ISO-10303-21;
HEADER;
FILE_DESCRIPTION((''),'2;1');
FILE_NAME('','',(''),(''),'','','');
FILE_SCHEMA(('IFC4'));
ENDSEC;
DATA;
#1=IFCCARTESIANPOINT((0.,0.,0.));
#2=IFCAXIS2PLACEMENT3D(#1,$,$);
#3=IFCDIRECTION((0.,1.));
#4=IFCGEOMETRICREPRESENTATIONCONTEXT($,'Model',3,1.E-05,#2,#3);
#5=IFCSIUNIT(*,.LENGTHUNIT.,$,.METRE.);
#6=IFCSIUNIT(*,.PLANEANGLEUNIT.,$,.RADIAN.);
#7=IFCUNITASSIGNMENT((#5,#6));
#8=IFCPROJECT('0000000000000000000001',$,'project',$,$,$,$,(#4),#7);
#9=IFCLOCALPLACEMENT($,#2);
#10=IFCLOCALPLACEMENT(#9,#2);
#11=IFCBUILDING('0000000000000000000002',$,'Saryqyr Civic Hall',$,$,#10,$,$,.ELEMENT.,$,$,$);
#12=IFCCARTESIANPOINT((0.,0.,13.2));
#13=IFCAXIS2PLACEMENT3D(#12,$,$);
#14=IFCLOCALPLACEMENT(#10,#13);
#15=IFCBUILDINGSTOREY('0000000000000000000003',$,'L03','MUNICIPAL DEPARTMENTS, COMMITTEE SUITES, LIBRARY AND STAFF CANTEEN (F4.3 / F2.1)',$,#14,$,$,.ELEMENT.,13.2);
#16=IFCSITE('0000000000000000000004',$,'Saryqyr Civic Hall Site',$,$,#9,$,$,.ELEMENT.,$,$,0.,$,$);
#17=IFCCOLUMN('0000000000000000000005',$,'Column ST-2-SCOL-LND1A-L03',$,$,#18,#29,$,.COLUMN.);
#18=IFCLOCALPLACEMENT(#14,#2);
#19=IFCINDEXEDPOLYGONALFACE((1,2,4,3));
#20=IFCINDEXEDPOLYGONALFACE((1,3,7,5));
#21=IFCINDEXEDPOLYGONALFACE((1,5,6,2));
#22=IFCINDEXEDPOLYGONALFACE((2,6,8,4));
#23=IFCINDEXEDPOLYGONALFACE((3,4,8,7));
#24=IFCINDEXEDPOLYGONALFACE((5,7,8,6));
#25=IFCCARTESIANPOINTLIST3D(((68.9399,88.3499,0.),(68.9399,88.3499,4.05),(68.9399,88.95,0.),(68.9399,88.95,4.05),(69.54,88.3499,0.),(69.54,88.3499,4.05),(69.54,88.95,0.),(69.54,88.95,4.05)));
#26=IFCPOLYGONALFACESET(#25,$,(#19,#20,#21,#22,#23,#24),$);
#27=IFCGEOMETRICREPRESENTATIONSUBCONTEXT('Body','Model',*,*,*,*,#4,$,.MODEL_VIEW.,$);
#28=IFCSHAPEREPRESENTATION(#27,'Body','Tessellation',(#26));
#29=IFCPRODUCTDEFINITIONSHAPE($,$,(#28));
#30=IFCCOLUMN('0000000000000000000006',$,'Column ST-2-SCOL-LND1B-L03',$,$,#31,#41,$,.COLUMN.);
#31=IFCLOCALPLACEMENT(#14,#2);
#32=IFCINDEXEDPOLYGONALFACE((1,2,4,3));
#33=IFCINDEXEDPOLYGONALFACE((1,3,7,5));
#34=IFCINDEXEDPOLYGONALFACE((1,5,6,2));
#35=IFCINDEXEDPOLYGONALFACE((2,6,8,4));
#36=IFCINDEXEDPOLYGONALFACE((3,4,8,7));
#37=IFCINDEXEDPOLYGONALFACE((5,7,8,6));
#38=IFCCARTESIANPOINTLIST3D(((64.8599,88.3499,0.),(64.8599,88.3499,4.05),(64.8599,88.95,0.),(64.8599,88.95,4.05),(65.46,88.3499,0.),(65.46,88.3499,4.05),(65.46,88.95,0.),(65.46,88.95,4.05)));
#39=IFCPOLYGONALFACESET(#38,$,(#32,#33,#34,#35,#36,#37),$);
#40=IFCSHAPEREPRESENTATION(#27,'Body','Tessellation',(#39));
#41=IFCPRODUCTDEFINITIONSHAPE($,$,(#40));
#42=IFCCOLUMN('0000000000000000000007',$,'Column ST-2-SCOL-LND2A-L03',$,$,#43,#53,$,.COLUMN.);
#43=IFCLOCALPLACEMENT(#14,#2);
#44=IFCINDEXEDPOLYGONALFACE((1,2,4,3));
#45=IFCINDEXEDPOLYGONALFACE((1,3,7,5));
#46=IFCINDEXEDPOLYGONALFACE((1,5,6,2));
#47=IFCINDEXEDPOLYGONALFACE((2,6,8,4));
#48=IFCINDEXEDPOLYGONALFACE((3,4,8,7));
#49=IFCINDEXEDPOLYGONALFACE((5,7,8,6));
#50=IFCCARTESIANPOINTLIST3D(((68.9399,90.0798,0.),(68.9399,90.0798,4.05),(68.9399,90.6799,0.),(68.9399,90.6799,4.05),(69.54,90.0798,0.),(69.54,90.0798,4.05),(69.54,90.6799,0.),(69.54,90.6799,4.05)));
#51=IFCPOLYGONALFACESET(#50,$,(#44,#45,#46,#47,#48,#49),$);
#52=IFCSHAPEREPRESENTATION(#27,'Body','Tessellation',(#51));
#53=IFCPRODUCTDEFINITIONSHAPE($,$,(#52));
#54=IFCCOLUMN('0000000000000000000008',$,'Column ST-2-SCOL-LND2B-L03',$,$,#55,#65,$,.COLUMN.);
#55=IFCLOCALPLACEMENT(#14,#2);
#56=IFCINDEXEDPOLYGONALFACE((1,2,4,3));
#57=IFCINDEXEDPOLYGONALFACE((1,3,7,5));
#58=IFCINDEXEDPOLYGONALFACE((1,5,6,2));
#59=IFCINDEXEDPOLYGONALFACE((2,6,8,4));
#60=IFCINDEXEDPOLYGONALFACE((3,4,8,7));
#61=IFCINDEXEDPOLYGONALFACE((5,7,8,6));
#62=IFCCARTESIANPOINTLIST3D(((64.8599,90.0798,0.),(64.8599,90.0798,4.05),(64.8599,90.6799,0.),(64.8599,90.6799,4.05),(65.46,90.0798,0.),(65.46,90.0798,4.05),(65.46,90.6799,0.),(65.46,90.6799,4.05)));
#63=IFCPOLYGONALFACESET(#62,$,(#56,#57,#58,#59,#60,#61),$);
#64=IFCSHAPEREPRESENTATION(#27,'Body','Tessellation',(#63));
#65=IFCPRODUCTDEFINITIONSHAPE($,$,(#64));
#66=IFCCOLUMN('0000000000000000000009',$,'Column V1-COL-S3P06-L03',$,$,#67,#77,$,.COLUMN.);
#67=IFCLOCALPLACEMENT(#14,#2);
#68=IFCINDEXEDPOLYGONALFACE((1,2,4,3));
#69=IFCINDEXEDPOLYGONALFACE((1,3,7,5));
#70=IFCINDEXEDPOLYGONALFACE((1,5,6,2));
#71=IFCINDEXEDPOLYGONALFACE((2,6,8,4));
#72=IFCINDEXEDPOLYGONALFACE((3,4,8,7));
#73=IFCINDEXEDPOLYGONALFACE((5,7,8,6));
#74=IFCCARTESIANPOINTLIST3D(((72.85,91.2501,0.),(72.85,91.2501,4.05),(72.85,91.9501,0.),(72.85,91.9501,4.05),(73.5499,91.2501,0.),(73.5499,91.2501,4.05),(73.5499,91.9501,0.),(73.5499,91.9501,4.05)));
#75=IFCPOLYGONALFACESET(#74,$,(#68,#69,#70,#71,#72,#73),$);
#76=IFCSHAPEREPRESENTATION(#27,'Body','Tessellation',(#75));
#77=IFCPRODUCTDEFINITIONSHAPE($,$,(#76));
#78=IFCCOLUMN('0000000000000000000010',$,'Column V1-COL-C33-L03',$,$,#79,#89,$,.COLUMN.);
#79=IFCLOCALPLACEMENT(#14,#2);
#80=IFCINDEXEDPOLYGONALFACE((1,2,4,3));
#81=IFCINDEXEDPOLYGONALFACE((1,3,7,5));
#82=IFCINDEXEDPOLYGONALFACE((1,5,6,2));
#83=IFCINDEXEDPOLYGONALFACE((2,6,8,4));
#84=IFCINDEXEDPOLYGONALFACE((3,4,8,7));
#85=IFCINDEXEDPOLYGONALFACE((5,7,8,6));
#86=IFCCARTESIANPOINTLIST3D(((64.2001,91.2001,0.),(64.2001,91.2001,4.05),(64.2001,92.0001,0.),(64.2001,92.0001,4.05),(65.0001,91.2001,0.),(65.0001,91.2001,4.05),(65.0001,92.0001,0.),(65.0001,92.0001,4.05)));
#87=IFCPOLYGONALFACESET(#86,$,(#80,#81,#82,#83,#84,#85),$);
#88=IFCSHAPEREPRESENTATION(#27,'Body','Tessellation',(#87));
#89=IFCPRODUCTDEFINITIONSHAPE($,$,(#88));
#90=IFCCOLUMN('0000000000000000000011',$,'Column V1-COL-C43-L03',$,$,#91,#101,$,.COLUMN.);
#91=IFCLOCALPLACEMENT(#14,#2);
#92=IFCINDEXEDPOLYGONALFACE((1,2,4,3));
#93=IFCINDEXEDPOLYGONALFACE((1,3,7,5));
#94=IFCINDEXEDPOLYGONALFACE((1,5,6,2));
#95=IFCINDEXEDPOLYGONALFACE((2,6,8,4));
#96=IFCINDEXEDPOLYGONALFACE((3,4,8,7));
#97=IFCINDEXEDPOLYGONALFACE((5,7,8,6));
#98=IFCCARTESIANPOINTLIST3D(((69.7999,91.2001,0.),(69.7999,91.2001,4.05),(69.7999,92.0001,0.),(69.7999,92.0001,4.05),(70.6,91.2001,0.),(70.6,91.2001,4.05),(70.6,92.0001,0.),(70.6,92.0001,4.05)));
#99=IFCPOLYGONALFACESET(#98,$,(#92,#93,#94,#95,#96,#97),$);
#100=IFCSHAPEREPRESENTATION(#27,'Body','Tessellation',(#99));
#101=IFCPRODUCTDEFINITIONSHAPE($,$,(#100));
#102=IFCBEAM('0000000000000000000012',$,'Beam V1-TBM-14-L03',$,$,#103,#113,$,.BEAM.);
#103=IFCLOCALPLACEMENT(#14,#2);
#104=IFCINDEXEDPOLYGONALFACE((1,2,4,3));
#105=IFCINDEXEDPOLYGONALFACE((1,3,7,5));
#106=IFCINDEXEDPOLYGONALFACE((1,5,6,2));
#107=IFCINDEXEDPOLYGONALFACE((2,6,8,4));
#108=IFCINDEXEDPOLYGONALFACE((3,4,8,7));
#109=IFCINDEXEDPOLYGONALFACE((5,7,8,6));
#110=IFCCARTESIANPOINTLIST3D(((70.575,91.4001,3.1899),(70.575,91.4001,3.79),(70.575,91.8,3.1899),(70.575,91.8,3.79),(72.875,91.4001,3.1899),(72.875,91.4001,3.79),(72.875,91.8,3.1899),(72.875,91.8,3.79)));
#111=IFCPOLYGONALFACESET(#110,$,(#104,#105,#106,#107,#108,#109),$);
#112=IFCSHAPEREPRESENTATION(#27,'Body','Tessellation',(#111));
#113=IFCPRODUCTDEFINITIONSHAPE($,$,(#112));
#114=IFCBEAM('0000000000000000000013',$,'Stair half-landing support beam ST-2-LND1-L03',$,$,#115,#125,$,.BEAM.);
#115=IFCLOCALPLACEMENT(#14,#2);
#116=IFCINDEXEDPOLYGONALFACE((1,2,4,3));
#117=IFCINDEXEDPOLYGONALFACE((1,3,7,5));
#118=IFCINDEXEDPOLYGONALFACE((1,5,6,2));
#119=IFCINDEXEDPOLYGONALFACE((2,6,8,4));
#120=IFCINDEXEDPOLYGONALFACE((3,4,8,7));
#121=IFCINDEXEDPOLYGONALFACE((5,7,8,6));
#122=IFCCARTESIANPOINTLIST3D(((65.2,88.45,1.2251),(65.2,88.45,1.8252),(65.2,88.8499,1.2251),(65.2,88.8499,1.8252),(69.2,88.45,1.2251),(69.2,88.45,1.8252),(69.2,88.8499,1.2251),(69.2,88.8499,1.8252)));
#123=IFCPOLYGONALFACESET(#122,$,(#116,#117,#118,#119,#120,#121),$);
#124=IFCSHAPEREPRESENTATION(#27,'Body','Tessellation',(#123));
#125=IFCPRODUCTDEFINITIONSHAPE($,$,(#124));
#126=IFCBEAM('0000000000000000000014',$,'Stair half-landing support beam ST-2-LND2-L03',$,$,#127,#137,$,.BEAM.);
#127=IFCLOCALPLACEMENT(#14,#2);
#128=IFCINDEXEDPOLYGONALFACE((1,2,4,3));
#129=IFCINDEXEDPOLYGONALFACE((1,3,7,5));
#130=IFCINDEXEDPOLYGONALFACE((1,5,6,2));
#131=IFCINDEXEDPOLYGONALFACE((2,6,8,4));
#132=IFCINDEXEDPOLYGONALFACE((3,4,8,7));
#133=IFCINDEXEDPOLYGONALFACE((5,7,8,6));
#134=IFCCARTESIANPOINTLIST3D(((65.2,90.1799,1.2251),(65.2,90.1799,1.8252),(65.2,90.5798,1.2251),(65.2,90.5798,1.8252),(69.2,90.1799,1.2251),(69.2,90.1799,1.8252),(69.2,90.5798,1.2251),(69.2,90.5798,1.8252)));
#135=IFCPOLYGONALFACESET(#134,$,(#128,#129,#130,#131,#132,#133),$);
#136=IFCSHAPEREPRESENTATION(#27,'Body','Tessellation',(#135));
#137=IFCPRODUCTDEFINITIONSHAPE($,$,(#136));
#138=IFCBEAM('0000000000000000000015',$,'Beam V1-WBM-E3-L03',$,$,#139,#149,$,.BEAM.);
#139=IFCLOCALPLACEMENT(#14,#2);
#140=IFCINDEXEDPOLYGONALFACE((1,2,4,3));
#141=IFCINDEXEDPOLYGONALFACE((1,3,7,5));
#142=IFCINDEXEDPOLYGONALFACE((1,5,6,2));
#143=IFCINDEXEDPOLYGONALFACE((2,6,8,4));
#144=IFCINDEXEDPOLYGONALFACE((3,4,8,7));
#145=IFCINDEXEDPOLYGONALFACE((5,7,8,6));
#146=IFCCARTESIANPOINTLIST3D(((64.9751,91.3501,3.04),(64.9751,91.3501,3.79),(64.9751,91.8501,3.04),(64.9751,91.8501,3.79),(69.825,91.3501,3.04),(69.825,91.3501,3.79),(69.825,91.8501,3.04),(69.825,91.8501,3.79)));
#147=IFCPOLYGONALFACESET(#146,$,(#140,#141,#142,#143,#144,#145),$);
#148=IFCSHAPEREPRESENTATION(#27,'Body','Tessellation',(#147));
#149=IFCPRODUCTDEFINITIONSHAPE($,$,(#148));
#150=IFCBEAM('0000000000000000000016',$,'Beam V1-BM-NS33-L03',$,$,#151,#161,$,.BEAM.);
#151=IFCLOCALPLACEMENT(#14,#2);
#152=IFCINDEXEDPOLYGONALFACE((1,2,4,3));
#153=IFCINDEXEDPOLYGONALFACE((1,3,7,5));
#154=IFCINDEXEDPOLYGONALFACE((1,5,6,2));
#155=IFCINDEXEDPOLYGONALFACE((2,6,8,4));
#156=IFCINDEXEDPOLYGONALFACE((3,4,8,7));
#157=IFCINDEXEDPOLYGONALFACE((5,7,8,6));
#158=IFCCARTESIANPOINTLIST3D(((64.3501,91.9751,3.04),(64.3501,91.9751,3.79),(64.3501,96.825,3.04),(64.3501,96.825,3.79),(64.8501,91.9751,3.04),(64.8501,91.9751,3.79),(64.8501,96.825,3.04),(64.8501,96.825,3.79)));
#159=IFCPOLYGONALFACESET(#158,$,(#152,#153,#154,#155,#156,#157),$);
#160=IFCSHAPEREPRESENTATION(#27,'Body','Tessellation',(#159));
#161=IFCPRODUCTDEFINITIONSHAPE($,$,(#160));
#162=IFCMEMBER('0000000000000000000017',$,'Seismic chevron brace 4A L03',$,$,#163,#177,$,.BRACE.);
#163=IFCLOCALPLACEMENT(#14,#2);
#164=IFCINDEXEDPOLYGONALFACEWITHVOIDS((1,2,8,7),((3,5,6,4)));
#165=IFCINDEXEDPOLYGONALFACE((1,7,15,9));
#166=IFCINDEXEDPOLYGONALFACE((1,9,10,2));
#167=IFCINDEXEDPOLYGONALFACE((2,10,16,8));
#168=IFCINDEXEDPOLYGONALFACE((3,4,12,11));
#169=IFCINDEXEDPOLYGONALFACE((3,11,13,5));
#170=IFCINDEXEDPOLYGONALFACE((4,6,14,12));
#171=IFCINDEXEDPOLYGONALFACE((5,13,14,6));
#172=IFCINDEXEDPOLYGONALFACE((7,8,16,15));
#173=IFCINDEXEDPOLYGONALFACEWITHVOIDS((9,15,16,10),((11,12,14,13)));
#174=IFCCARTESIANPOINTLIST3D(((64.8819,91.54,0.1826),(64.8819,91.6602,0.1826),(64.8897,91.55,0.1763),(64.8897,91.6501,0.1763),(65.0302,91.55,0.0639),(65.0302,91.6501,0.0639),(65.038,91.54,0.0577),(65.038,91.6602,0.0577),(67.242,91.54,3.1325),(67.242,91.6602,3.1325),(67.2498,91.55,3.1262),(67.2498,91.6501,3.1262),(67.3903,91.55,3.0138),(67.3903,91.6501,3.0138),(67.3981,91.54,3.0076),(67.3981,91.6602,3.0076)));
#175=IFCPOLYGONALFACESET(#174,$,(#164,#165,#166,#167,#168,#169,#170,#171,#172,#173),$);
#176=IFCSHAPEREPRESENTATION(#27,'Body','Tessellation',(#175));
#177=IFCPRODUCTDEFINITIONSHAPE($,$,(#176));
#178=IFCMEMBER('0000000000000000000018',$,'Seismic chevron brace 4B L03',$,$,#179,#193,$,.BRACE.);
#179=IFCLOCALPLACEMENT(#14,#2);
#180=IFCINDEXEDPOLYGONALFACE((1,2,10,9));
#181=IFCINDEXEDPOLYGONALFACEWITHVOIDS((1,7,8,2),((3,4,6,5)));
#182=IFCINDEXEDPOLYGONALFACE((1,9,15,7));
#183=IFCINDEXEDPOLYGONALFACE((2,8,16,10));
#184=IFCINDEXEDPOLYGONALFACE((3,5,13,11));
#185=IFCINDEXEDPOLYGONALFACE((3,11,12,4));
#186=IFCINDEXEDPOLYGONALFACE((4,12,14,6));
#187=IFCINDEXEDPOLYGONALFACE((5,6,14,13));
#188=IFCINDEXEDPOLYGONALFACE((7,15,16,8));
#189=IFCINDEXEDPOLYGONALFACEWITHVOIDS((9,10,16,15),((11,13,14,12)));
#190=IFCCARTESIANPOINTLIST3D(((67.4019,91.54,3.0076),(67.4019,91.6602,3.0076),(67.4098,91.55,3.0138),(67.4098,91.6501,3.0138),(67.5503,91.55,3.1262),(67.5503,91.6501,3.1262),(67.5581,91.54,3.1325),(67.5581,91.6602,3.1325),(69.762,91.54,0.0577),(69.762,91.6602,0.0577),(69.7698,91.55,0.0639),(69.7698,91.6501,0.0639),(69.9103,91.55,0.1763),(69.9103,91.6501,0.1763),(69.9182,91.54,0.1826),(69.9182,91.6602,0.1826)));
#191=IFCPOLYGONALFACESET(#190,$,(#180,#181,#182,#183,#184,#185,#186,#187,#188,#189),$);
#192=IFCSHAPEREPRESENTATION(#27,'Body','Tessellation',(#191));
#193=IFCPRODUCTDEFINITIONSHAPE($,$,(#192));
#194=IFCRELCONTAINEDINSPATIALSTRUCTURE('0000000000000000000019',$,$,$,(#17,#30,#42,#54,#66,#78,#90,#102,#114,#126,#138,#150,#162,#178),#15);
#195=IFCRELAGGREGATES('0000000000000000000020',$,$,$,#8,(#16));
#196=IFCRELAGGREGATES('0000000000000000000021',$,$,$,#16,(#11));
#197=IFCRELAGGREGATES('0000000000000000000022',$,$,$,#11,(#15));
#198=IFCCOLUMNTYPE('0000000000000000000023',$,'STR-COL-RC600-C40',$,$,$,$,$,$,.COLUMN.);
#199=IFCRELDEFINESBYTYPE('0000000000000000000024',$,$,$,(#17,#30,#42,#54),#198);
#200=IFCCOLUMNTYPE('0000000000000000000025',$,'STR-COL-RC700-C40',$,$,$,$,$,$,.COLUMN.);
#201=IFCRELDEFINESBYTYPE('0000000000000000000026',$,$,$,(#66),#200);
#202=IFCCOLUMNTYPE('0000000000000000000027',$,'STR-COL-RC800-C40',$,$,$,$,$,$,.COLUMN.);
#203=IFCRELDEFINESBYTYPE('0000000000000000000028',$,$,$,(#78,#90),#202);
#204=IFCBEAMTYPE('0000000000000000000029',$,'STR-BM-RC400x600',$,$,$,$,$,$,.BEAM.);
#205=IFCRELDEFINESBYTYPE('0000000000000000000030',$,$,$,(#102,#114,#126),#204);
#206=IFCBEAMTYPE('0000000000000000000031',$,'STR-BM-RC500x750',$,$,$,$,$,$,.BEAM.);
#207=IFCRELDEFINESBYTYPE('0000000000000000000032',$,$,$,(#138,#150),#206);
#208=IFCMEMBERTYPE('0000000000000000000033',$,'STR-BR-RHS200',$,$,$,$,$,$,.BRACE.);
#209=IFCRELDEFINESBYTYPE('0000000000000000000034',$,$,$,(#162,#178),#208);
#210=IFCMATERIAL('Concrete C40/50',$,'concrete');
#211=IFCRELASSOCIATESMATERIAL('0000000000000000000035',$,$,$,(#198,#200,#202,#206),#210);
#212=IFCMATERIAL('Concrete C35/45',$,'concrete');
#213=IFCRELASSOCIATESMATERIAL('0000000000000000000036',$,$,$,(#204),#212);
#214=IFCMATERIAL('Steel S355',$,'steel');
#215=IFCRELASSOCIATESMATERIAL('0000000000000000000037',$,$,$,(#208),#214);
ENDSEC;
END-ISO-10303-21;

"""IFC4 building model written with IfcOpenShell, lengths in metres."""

from ifc_helpers import new_model, si_unit, direction, frame, origin, origin_2d, place, context, subcontext, project, spatial, rectangle, hollow_rectangle, extrude, material, material_profile, profile_set, type_object, element, save


model = new_model("IFC4")

# Units and contexts
model_context = context("Model", 3, precision=1e-05, world=origin(), true_north=direction((0.0, 1.0)))
body_context = subcontext(model_context, "Body", "Model", "MODEL_VIEW")
ifc_project = project(units=[si_unit("LENGTHUNIT", "METRE"), si_unit("PLANEANGLEUNIT", "RADIAN")], contexts=[model_context])

# Site, building, storey
site_placement = place(None, origin())
site = spatial("IfcSite", under=ifc_project, at=site_placement, Name="Saryqyr Civic Hall Site", CompositionType="ELEMENT", RefElevation=0.0)
building_placement = place(site_placement, origin())
building = spatial("IfcBuilding", under=site, at=building_placement, Name="Saryqyr Civic Hall", CompositionType="ELEMENT")
storey_placement = place(building_placement, frame((0.0, 0.0, 13.2)))
storey = spatial("IfcBuildingStorey", under=building, at=storey_placement, Name="L03", Description="MUNICIPAL DEPARTMENTS, COMMITTEE SUITES, LIBRARY AND STAFF CANTEEN (F4.3 / F2.1)", CompositionType="ELEMENT", Elevation=13.2)

# Columns
ifc_material_1 = material(Name="Concrete C40/50", Category="concrete")
ifc_material_profile_1 = material_profile(ifc_material_1, rectangle(XDim=0.6001, YDim=0.6001, at=origin_2d()), Name="RC 600x600")
ifc_profile_set_1 = profile_set([ifc_material_profile_1], Name="Concrete C40/50")
column_type_1 = type_object("IfcColumnType", Name="STR-COL-RC600-C40", PredefinedType="COLUMN", material=ifc_profile_set_1)
for number, where, z_axis, x_axis, name in (
    (1, (69.24, 88.6499, 0.0), (0.0, 0.0, 1.0), (1.0, 0.0, 0.0), "Column ST-2-SCOL-LND1A-L03"),
    (2, (65.1599, 88.6499, 0.0), (0.0, 0.0, 1.0), (1.0, 0.0, 0.0), "Column ST-2-SCOL-LND1B-L03"),
    (3, (69.24, 90.3799, 0.0), (0.0, 0.0, 1.0), (1.0, 0.0, 0.0), "Column ST-2-SCOL-LND2A-L03"),
    (4, (65.1599, 90.3799, 0.0), (0.0, 0.0, 1.0), (1.0, 0.0, 0.0), "Column ST-2-SCOL-LND2B-L03"),
):
    element("IfcColumn", number, at=place(storey_placement, frame(where, z_axis=z_axis, x_axis=x_axis)), inside=storey, type_object=column_type_1, Name=name, PredefinedType="COLUMN", context=body_context, shape_type="SweptSolid", body=[
        extrude(rectangle(XDim=0.6001, YDim=0.6001, at=origin_2d()), origin(), (0.0, 0.0, 1.0), 4.05),
    ])
ifc_material_profile_2 = material_profile(ifc_material_1, rectangle(XDim=0.7, YDim=0.7, at=origin_2d()), Name="RC 700x700")
ifc_profile_set_2 = profile_set([ifc_material_profile_2], Name="Concrete C40/50")
column_type_2 = type_object("IfcColumnType", Name="STR-COL-RC700-C40", PredefinedType="COLUMN", material=ifc_profile_set_2)
column_placement = place(storey_placement, frame((73.2, 91.6001, 0.0), z_axis=(0.0, 0.0, 1.0), x_axis=(1.0, 0.0, 0.0)))
element("IfcColumn", 5, at=column_placement, inside=storey, type_object=column_type_2, Name="Column V1-COL-S3P06-L03", PredefinedType="COLUMN", context=body_context, shape_type="SweptSolid", body=[
    extrude(rectangle(XDim=0.7, YDim=0.7, at=origin_2d()), origin(), (0.0, 0.0, 1.0), 4.05),
])
ifc_material_profile_3 = material_profile(ifc_material_1, rectangle(XDim=0.8, YDim=0.8, at=origin_2d()), Name="RC 800x800")
ifc_profile_set_3 = profile_set([ifc_material_profile_3], Name="Concrete C40/50")
column_type_3 = type_object("IfcColumnType", Name="STR-COL-RC800-C40", PredefinedType="COLUMN", material=ifc_profile_set_3)
for number, where, z_axis, x_axis, name in (
    (6, (64.6001, 91.6001, 0.0), (0.0, 0.0, 1.0), (1.0, 0.0, 0.0), "Column V1-COL-C33-L03"),
    (7, (70.2, 91.6001, 0.0), (0.0, 0.0, 1.0), (1.0, 0.0, 0.0), "Column V1-COL-C43-L03"),
):
    element("IfcColumn", number, at=place(storey_placement, frame(where, z_axis=z_axis, x_axis=x_axis)), inside=storey, type_object=column_type_3, Name=name, PredefinedType="COLUMN", context=body_context, shape_type="SweptSolid", body=[
        extrude(rectangle(XDim=0.8, YDim=0.8, at=origin_2d()), origin(), (0.0, 0.0, 1.0), 4.05),
    ])

# Beams
ifc_material_2 = material(Name="Concrete C35/45", Category="concrete")
ifc_material_profile_4 = material_profile(ifc_material_2, rectangle(XDim=0.3999, YDim=0.6001, at=origin_2d()), Name="RC 400x600")
ifc_profile_set_4 = profile_set([ifc_material_profile_4], Name="Concrete C35/45")
beam_type_1 = type_object("IfcBeamType", Name="STR-BM-RC400x600", PredefinedType="BEAM", material=ifc_profile_set_4)
beam_1_placement = place(storey_placement, frame((70.575, 91.6001, 3.49), z_axis=(1.0, 0.0, 0.0), x_axis=(0.0, 1.0, 0.0)))
element("IfcBeam", 8, at=beam_1_placement, inside=storey, type_object=beam_type_1, Name="Beam V1-TBM-14-L03", PredefinedType="BEAM", context=body_context, shape_type="SweptSolid", body=[
    extrude(rectangle(XDim=0.3999, YDim=0.6001, at=origin_2d()), origin(), (0.0, 0.0, 1.0), 2.3),
])
for number, where, z_axis, x_axis, name in (
    (9, (69.2, 88.6499, 1.5251), (-1.0, 0.0, 0.0), (0.0, -1.0, 0.0), "Stair half-landing support beam ST-2-LND1-L03"),
    (10, (69.2, 90.3799, 1.5251), (-1.0, 0.0, 0.0), (0.0, -1.0, 0.0), "Stair half-landing support beam ST-2-LND2-L03"),
):
    element("IfcBeam", number, at=place(storey_placement, frame(where, z_axis=z_axis, x_axis=x_axis)), inside=storey, type_object=beam_type_1, Name=name, PredefinedType="BEAM", context=body_context, shape_type="SweptSolid", body=[
        extrude(rectangle(XDim=0.3999, YDim=0.6001, at=origin_2d()), origin(), (0.0, 0.0, 1.0), 4.0),
    ])
ifc_material_profile_5 = material_profile(ifc_material_1, rectangle(XDim=0.5, YDim=0.75, at=origin_2d()), Name="RC 500x750")
ifc_profile_set_5 = profile_set([ifc_material_profile_5], Name="Concrete C40/50")
beam_type_2 = type_object("IfcBeamType", Name="STR-BM-RC500x750", PredefinedType="BEAM", material=ifc_profile_set_5)
for number, where, z_axis, x_axis, name in (
    (11, (64.9751, 91.6001, 3.415), (1.0, 0.0, 0.0), (0.0, 1.0, 0.0), "Beam V1-WBM-E3-L03"),
    (12, (64.6001, 91.9751, 3.415), (0.0, 1.0, 0.0), (-1.0, 0.0, 0.0), "Beam V1-BM-NS33-L03"),
):
    element("IfcBeam", number, at=place(storey_placement, frame(where, z_axis=z_axis, x_axis=x_axis)), inside=storey, type_object=beam_type_2, Name=name, PredefinedType="BEAM", context=body_context, shape_type="SweptSolid", body=[
        extrude(rectangle(XDim=0.5, YDim=0.75, at=origin_2d()), origin(), (0.0, 0.0, 1.0), 4.8499),
    ])

# Members
ifc_material_3 = material(Name="Steel S355", Category="steel")
ifc_material_profile_6 = material_profile(ifc_material_3, hollow_rectangle(XDim=0.1201, YDim=0.2, WallThickness=0.01, at=origin_2d()), Name="RHS 200x120x10")
ifc_profile_set_6 = profile_set([ifc_material_profile_6], Name="Steel S355")
member_type = type_object("IfcMemberType", Name="STR-BR-RHS200", PredefinedType="BRACE", material=ifc_profile_set_6)
for number, where, z_axis, x_axis, name in (
    (13, (64.96, 91.6001, 0.1201), (0.624719, 0.0, 0.78085), (0.0, 1.0, 0.0), "Seismic chevron brace 4A L03"),
    (14, (69.8401, 91.6001, 0.1201), (-0.624719, 0.0, 0.78085), (0.0, -1.0, 0.0), "Seismic chevron brace 4B L03"),
):
    element("IfcMember", number, at=place(storey_placement, frame(where, z_axis=z_axis, x_axis=x_axis)), inside=storey, type_object=member_type, Name=name, PredefinedType="BRACE", context=body_context, shape_type="SweptSolid", body=[
        extrude(hollow_rectangle(XDim=0.1201, YDim=0.2, WallThickness=0.01, at=origin_2d()), origin(), (0.0, 0.0, 1.0), 3.7778),
    ])

save(model, "model.ifc")
